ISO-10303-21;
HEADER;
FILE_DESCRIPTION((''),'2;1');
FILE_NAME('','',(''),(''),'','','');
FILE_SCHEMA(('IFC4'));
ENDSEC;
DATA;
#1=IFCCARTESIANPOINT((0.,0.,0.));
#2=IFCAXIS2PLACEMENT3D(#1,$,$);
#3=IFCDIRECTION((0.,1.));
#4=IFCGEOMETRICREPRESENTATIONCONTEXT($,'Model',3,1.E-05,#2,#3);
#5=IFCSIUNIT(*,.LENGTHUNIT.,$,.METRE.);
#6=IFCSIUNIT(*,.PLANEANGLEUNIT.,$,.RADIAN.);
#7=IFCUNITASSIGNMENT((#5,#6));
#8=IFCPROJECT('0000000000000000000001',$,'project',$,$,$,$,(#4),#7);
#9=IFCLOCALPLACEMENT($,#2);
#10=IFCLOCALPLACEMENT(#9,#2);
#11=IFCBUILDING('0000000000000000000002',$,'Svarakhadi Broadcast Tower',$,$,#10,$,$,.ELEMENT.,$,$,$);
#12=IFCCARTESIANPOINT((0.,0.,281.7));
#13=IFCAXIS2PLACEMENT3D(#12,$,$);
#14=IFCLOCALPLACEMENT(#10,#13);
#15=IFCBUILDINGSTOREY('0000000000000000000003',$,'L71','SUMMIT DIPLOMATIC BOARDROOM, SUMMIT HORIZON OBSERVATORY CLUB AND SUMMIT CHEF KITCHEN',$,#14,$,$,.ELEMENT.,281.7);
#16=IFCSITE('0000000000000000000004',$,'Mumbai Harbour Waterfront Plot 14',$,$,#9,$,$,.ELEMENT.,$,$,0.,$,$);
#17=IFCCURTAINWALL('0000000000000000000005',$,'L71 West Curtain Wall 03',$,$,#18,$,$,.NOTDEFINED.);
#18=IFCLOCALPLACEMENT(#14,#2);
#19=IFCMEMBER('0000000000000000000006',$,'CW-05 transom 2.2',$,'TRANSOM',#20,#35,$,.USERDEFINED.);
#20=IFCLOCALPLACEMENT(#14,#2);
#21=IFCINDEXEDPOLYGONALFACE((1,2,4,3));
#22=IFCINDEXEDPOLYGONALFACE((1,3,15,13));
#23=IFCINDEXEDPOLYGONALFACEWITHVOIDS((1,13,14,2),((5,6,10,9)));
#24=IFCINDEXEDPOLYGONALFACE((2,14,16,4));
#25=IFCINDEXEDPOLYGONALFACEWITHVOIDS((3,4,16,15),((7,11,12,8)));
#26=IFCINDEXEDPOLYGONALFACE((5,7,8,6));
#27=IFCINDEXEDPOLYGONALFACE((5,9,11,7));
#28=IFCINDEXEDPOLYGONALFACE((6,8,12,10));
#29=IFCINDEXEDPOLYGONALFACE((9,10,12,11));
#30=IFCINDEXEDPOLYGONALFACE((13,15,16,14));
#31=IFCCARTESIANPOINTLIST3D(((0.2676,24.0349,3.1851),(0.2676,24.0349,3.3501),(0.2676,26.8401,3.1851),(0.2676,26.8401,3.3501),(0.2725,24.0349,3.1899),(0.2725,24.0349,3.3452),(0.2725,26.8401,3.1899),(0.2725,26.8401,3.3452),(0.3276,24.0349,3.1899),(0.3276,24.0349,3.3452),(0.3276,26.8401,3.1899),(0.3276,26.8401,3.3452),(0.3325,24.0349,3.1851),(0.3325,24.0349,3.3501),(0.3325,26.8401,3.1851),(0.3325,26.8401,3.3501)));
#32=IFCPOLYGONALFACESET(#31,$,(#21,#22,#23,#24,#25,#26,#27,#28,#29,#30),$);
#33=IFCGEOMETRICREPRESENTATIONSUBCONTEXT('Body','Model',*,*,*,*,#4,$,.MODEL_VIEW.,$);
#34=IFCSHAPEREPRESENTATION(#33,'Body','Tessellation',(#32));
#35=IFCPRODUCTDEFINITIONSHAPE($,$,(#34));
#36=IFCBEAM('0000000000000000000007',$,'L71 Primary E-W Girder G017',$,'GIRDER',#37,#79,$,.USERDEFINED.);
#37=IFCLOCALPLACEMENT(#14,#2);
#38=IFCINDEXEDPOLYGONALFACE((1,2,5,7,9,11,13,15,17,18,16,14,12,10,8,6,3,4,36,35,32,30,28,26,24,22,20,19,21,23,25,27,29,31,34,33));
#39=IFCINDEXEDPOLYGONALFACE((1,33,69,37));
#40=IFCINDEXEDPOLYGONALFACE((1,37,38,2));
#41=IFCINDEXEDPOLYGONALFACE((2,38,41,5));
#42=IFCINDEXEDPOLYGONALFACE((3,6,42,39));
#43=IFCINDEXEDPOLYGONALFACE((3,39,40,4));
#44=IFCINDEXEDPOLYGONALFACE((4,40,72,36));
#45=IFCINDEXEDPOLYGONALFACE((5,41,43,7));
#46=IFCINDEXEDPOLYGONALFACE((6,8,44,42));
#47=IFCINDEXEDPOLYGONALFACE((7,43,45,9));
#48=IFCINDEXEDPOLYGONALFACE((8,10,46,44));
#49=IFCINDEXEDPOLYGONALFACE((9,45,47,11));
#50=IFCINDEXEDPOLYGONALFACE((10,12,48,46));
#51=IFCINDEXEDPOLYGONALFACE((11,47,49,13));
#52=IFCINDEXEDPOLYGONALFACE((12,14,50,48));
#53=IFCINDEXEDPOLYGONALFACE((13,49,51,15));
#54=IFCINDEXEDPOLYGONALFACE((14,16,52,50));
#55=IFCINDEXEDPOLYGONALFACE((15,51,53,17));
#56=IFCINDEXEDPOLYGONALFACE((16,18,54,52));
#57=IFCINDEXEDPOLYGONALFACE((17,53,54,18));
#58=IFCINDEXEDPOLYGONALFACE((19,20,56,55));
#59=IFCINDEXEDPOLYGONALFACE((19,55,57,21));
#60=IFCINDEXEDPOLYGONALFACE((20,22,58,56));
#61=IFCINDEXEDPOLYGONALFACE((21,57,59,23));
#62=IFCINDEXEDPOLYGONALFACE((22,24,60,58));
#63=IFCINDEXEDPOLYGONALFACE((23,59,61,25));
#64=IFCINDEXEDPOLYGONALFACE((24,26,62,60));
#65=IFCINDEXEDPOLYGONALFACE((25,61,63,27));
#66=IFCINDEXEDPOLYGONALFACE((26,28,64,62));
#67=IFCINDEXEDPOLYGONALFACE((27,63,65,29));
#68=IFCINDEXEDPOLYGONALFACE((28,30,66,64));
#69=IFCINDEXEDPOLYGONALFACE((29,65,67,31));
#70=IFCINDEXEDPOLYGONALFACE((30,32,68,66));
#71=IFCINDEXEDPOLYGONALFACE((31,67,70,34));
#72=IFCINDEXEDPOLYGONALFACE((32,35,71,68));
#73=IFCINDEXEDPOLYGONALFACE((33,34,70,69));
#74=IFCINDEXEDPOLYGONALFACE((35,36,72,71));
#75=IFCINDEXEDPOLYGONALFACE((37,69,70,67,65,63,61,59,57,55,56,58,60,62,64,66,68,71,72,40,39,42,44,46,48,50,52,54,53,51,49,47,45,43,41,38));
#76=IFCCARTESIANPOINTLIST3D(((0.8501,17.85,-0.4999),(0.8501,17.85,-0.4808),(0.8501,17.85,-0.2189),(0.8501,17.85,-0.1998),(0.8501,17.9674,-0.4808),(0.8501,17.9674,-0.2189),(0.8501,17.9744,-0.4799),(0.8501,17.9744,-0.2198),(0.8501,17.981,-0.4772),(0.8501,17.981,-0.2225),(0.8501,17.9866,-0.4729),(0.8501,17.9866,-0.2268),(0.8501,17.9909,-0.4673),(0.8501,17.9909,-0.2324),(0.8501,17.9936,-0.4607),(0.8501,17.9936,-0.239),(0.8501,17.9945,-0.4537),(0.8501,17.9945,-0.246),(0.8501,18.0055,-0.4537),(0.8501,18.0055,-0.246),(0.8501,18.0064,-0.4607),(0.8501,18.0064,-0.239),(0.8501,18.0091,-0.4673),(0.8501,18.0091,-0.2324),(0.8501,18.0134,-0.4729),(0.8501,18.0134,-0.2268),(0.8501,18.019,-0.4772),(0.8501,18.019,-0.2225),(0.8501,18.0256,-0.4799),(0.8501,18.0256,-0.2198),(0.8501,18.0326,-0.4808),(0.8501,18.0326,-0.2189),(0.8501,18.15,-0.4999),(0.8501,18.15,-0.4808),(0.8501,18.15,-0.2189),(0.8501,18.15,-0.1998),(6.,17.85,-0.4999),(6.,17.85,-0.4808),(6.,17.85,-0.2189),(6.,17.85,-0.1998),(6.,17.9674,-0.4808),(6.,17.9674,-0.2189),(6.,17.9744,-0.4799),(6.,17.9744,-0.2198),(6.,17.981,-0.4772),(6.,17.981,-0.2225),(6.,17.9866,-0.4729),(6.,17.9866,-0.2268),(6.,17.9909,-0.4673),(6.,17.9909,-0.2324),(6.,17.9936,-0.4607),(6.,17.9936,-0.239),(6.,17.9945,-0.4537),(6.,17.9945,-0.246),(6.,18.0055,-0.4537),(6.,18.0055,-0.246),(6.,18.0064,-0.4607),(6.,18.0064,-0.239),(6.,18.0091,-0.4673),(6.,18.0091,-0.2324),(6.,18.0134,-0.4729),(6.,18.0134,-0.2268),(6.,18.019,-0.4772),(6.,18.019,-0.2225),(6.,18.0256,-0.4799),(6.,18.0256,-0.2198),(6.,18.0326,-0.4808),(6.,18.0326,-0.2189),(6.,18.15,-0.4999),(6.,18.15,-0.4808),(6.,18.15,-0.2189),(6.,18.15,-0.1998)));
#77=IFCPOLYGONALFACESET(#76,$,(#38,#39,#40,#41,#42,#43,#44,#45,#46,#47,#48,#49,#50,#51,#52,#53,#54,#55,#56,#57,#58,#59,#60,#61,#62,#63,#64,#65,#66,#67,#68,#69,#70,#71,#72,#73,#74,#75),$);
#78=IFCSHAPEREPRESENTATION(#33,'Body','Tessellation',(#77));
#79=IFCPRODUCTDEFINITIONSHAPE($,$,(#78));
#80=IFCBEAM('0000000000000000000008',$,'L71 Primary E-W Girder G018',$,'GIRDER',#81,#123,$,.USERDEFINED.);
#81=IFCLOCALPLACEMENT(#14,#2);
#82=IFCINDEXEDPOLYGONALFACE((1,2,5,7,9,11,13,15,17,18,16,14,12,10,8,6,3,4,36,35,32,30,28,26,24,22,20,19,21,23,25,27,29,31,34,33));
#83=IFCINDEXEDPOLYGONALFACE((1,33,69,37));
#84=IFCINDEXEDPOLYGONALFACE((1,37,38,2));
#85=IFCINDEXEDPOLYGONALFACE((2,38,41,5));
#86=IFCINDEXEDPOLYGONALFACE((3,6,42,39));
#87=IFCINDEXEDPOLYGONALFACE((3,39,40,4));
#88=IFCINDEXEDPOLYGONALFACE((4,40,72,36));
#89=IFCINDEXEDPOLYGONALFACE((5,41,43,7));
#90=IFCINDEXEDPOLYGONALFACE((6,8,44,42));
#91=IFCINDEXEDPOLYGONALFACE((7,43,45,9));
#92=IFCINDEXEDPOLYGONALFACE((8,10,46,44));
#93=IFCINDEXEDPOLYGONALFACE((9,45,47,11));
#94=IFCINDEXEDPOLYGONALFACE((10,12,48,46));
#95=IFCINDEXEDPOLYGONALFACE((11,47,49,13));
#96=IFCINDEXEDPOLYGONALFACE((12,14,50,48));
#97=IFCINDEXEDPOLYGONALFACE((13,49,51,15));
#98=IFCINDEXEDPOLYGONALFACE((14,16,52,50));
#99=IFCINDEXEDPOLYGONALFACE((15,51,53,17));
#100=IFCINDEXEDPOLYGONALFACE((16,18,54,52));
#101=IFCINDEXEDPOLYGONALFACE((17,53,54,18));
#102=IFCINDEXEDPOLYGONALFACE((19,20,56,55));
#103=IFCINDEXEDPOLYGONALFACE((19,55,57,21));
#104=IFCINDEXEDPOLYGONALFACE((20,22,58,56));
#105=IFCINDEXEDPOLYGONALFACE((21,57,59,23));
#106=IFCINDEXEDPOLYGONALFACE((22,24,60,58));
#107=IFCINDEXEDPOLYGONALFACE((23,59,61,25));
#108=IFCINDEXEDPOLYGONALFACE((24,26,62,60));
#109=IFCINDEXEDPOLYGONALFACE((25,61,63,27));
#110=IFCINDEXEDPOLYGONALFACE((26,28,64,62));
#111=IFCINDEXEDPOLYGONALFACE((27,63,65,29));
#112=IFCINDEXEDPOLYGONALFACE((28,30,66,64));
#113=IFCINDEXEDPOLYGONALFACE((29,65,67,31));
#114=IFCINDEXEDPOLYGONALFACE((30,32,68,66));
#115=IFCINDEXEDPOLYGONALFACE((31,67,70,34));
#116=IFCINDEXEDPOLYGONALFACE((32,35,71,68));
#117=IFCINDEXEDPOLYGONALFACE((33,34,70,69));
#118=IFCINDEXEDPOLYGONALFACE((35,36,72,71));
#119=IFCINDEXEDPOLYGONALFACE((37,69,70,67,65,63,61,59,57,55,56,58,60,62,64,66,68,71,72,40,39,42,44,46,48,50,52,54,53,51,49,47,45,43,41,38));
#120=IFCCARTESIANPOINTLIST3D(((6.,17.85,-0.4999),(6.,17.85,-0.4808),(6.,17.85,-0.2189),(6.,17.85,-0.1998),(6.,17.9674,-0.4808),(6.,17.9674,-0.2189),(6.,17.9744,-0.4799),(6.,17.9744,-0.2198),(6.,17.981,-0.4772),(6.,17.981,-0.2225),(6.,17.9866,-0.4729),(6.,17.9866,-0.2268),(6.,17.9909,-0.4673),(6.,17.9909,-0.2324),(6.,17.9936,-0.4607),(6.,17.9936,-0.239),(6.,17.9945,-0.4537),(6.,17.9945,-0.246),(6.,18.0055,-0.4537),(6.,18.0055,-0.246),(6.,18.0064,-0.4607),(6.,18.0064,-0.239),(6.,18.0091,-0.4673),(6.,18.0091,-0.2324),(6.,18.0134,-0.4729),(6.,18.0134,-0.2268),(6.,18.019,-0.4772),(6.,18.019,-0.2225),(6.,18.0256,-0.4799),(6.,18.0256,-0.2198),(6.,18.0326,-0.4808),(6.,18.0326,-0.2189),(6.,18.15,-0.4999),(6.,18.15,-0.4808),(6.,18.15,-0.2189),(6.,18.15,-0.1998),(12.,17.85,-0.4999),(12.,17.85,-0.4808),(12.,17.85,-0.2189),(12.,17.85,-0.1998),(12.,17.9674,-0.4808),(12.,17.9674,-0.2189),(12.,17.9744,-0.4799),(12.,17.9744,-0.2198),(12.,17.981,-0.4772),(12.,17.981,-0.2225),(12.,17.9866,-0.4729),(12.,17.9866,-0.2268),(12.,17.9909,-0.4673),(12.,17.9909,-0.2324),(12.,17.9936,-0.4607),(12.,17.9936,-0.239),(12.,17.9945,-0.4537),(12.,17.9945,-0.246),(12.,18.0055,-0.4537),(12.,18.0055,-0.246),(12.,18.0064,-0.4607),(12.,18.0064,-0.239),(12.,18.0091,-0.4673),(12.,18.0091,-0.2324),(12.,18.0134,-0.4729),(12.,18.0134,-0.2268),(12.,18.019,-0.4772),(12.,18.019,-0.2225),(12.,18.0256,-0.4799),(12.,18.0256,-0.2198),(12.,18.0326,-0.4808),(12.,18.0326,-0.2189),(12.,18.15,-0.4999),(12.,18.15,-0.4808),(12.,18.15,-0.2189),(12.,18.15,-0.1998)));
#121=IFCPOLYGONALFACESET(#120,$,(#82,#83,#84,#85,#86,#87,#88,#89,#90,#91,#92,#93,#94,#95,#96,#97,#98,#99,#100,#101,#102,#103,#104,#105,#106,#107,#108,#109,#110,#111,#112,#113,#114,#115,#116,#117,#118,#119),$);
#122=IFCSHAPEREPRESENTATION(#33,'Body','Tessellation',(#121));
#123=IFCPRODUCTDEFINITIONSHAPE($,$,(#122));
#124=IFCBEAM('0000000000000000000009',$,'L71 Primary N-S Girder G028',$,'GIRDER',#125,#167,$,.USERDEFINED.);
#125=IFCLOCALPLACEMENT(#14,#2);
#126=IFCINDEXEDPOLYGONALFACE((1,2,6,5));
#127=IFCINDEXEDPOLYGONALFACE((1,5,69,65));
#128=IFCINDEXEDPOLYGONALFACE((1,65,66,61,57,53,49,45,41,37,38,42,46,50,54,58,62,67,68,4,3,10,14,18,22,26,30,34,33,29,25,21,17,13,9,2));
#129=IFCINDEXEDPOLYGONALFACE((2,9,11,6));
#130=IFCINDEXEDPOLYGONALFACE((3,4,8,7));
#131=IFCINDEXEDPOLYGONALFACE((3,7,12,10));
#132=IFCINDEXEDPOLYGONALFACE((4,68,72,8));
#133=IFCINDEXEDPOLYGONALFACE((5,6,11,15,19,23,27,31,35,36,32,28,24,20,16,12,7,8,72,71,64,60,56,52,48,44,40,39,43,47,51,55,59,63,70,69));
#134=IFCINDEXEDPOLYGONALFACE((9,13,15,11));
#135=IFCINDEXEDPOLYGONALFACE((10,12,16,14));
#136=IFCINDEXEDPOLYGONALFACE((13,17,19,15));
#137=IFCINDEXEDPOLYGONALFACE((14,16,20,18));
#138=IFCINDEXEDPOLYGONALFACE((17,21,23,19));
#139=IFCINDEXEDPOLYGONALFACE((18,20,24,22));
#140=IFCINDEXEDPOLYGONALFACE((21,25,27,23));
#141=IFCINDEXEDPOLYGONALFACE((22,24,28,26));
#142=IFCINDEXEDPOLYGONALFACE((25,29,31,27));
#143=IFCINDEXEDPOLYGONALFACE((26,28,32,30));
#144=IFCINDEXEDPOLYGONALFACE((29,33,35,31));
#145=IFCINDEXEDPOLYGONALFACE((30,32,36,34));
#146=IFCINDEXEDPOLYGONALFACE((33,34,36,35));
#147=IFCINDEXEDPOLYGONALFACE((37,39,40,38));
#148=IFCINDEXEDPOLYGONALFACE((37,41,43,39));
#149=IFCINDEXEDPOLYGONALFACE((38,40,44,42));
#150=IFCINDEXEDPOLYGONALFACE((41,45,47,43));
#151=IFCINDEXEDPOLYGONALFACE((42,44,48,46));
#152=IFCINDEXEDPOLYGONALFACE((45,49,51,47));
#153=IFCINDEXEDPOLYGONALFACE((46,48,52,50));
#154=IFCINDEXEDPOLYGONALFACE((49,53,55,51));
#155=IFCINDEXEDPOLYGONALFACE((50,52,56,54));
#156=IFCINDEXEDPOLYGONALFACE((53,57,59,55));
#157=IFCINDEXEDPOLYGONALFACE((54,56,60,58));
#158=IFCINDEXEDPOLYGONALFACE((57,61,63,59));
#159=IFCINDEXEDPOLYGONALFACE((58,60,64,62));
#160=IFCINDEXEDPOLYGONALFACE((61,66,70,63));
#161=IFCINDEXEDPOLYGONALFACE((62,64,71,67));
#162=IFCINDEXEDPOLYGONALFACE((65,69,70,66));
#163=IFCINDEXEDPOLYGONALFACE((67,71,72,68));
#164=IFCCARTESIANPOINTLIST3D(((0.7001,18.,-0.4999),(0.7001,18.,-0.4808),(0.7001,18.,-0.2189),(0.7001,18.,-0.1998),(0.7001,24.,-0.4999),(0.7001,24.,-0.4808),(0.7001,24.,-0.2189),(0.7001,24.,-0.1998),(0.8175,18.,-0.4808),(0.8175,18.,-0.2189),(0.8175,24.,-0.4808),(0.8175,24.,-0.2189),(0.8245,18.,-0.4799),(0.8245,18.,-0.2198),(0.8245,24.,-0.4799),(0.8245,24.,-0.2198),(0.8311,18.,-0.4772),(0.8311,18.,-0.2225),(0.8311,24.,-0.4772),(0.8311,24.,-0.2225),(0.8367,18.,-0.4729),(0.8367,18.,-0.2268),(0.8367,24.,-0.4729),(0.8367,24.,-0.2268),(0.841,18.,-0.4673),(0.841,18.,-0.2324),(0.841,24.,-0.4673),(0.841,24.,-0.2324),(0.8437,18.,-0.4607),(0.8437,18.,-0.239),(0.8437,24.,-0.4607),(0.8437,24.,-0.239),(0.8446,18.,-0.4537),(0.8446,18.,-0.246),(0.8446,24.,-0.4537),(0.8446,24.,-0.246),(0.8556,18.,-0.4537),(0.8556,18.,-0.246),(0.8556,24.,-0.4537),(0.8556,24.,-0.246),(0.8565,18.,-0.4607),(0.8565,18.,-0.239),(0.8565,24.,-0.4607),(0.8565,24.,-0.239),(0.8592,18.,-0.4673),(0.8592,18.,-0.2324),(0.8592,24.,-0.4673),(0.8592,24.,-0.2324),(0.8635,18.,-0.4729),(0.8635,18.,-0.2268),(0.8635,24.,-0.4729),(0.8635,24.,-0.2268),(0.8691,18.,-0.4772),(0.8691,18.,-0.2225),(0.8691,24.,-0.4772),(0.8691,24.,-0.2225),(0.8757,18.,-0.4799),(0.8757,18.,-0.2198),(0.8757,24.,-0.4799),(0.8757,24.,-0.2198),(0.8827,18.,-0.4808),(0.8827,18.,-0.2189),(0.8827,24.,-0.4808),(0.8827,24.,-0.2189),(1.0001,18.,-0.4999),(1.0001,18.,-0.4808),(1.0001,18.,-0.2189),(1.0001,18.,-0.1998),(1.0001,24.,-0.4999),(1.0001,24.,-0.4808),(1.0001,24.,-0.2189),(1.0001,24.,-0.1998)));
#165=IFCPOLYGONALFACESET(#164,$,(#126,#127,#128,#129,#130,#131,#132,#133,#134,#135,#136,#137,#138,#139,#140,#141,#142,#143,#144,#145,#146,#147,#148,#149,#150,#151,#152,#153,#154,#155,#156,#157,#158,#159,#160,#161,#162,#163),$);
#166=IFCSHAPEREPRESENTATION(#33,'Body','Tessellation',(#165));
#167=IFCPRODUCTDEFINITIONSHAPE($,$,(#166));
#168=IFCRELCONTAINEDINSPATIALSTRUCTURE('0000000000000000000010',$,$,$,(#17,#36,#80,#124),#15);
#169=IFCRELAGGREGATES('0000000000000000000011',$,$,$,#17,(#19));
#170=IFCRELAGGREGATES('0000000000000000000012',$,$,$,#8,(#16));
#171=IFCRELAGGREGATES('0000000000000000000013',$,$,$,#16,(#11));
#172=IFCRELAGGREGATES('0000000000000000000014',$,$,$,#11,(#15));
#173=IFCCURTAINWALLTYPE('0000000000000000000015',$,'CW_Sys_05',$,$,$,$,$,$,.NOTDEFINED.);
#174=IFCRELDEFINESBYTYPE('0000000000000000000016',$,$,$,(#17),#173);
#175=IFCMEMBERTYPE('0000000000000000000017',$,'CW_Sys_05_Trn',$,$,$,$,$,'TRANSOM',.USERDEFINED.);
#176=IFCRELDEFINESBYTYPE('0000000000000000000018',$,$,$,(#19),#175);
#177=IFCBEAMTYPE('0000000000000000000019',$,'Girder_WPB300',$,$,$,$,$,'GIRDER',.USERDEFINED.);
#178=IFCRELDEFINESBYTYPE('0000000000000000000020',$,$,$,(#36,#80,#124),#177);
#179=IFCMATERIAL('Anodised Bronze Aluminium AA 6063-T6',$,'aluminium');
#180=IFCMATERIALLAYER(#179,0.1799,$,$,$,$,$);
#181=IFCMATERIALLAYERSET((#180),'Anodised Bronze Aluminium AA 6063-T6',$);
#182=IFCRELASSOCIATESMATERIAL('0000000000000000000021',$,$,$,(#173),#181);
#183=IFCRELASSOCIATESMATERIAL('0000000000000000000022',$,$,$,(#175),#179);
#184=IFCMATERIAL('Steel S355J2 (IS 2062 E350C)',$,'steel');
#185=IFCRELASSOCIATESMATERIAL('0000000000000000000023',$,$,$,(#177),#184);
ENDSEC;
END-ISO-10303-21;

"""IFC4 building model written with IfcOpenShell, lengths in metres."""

from ifc_helpers import new_model, si_unit, direction, frame, origin, origin_2d, place, context, subcontext, project, spatial, hollow_rectangle, i_section, extrude, material, layer, layer_set, material_profile, profile_set, type_object, element, aggregate, save


model = new_model("IFC4")

# Units and contexts
model_context = context("Model", 3, precision=1e-05, world=origin(), true_north=direction((0.0, 1.0)))
body_context = subcontext(model_context, "Body", "Model", "MODEL_VIEW")
ifc_project = project(units=[si_unit("LENGTHUNIT", "METRE"), si_unit("PLANEANGLEUNIT", "RADIAN")], contexts=[model_context])

# Site, building, storey
site_placement = place(None, origin())
site = spatial("IfcSite", under=ifc_project, at=site_placement, Name="Mumbai Harbour Waterfront Plot 14", CompositionType="ELEMENT", RefElevation=0.0)
building_placement = place(site_placement, origin())
building = spatial("IfcBuilding", under=site, at=building_placement, Name="Svarakhadi Broadcast Tower", CompositionType="ELEMENT")
storey_placement = place(building_placement, frame((0.0, 0.0, 281.7)))
storey = spatial("IfcBuildingStorey", under=building, at=storey_placement, Name="L71", Description="SUMMIT DIPLOMATIC BOARDROOM, SUMMIT HORIZON OBSERVATORY CLUB AND SUMMIT CHEF KITCHEN", CompositionType="ELEMENT", Elevation=281.7)

# Shared definitions
ifc_material_1 = material(Name="Steel S355J2 (IS 2062 E350C)", Category="steel")

# Curtain wall, member
ifc_material_2 = material(Name="Anodised Bronze Aluminium AA 6063-T6", Category="aluminium")
ifc_layer_1 = layer(ifc_material_2, 0.1799)
ifc_layer_set_1 = layer_set([ifc_layer_1], Name="Anodised Bronze Aluminium AA 6063-T6")
curtain_wall_type = type_object("IfcCurtainWallType", Name="CW_Sys_05", PredefinedType="NOTDEFINED", material=ifc_layer_set_1)
curtain_wall_placement = place(storey_placement, origin())
curtain_wall = element("IfcCurtainWall", 1, at=curtain_wall_placement, inside=storey, type_object=curtain_wall_type, Name="L71 West Curtain Wall 03", PredefinedType="NOTDEFINED")
ifc_material_profile_1 = material_profile(ifc_material_2, hollow_rectangle(XDim=0.0649, YDim=0.165, WallThickness=0.0049, at=origin_2d()), Name="ALU TRANSOM 165x65x5")
ifc_profile_set_1 = profile_set([ifc_material_profile_1], Name="Anodised Bronze Aluminium AA 6063-T6")
member_type_1 = type_object("IfcMemberType", Name="CW_Sys_05_Trn", ElementType="TRANSOM", PredefinedType="USERDEFINED", material=ifc_profile_set_1)
member_1_placement = place(storey_placement, frame((0.3, 24.0349, 3.2676), z_axis=(0.0, 1.0, 0.0), x_axis=(-1.0, 0.0, 0.0)))
member_1 = element("IfcMember", 2, at=member_1_placement, type_object=member_type_1, Name="CW-05 transom 2.2", ObjectType="TRANSOM", PredefinedType="USERDEFINED", context=body_context, shape_type="SweptSolid", body=[
    extrude(hollow_rectangle(XDim=0.0649, YDim=0.165, WallThickness=0.0049, at=origin_2d()), origin(), (0.0, 0.0, 1.0), 2.8052),
])

# Beams
ifc_material_profile_2 = material_profile(ifc_material_1, i_section(OverallWidth=0.3, OverallDepth=0.3, WebThickness=0.011, FlangeThickness=0.019, FilletRadius=0.0271, at=origin_2d()), Name="WPB 300x300x117")
ifc_profile_set_2 = profile_set([ifc_material_profile_2], Name="Steel S355J2 (IS 2062 E350C)")
beam_type_1 = type_object("IfcBeamType", Name="Girder_WPB300", ElementType="GIRDER", PredefinedType="USERDEFINED", material=ifc_profile_set_2)
beam_1_placement = place(storey_placement, frame((0.8501, 18.0, -0.3499), z_axis=(1.0, 0.0, 0.0), x_axis=(0.0, 1.0, 0.0)))
element("IfcBeam", 3, at=beam_1_placement, inside=storey, type_object=beam_type_1, Name="L71 Primary E-W Girder G017", ObjectType="GIRDER", PredefinedType="USERDEFINED", context=body_context, shape_type="SweptSolid", body=[
    extrude(i_section(OverallWidth=0.3, OverallDepth=0.3, WebThickness=0.011, FlangeThickness=0.019, FilletRadius=0.0271, at=origin_2d()), origin(), (0.0, 0.0, 1.0), 5.1499),
])
for number, where, z_axis, x_axis, name in (
    (4, (6.0, 18.0, -0.3499), (1.0, 0.0, 0.0), (0.0, 1.0, 0.0), "L71 Primary E-W Girder G018"),
    (5, (0.8501, 18.0, -0.3499), (0.0, 1.0, 0.0), (-1.0, 0.0, 0.0), "L71 Primary N-S Girder G028"),
):
    element("IfcBeam", number, at=place(storey_placement, frame(where, z_axis=z_axis, x_axis=x_axis)), inside=storey, type_object=beam_type_1, Name=name, ObjectType="GIRDER", PredefinedType="USERDEFINED", context=body_context, shape_type="SweptSolid", body=[
        extrude(i_section(OverallWidth=0.3, OverallDepth=0.3, WebThickness=0.011, FlangeThickness=0.019, FilletRadius=0.0271, at=origin_2d()), origin(), (0.0, 0.0, 1.0), 6.0),
    ])

aggregate(curtain_wall, [member_1])

save(model, "model.ifc")
